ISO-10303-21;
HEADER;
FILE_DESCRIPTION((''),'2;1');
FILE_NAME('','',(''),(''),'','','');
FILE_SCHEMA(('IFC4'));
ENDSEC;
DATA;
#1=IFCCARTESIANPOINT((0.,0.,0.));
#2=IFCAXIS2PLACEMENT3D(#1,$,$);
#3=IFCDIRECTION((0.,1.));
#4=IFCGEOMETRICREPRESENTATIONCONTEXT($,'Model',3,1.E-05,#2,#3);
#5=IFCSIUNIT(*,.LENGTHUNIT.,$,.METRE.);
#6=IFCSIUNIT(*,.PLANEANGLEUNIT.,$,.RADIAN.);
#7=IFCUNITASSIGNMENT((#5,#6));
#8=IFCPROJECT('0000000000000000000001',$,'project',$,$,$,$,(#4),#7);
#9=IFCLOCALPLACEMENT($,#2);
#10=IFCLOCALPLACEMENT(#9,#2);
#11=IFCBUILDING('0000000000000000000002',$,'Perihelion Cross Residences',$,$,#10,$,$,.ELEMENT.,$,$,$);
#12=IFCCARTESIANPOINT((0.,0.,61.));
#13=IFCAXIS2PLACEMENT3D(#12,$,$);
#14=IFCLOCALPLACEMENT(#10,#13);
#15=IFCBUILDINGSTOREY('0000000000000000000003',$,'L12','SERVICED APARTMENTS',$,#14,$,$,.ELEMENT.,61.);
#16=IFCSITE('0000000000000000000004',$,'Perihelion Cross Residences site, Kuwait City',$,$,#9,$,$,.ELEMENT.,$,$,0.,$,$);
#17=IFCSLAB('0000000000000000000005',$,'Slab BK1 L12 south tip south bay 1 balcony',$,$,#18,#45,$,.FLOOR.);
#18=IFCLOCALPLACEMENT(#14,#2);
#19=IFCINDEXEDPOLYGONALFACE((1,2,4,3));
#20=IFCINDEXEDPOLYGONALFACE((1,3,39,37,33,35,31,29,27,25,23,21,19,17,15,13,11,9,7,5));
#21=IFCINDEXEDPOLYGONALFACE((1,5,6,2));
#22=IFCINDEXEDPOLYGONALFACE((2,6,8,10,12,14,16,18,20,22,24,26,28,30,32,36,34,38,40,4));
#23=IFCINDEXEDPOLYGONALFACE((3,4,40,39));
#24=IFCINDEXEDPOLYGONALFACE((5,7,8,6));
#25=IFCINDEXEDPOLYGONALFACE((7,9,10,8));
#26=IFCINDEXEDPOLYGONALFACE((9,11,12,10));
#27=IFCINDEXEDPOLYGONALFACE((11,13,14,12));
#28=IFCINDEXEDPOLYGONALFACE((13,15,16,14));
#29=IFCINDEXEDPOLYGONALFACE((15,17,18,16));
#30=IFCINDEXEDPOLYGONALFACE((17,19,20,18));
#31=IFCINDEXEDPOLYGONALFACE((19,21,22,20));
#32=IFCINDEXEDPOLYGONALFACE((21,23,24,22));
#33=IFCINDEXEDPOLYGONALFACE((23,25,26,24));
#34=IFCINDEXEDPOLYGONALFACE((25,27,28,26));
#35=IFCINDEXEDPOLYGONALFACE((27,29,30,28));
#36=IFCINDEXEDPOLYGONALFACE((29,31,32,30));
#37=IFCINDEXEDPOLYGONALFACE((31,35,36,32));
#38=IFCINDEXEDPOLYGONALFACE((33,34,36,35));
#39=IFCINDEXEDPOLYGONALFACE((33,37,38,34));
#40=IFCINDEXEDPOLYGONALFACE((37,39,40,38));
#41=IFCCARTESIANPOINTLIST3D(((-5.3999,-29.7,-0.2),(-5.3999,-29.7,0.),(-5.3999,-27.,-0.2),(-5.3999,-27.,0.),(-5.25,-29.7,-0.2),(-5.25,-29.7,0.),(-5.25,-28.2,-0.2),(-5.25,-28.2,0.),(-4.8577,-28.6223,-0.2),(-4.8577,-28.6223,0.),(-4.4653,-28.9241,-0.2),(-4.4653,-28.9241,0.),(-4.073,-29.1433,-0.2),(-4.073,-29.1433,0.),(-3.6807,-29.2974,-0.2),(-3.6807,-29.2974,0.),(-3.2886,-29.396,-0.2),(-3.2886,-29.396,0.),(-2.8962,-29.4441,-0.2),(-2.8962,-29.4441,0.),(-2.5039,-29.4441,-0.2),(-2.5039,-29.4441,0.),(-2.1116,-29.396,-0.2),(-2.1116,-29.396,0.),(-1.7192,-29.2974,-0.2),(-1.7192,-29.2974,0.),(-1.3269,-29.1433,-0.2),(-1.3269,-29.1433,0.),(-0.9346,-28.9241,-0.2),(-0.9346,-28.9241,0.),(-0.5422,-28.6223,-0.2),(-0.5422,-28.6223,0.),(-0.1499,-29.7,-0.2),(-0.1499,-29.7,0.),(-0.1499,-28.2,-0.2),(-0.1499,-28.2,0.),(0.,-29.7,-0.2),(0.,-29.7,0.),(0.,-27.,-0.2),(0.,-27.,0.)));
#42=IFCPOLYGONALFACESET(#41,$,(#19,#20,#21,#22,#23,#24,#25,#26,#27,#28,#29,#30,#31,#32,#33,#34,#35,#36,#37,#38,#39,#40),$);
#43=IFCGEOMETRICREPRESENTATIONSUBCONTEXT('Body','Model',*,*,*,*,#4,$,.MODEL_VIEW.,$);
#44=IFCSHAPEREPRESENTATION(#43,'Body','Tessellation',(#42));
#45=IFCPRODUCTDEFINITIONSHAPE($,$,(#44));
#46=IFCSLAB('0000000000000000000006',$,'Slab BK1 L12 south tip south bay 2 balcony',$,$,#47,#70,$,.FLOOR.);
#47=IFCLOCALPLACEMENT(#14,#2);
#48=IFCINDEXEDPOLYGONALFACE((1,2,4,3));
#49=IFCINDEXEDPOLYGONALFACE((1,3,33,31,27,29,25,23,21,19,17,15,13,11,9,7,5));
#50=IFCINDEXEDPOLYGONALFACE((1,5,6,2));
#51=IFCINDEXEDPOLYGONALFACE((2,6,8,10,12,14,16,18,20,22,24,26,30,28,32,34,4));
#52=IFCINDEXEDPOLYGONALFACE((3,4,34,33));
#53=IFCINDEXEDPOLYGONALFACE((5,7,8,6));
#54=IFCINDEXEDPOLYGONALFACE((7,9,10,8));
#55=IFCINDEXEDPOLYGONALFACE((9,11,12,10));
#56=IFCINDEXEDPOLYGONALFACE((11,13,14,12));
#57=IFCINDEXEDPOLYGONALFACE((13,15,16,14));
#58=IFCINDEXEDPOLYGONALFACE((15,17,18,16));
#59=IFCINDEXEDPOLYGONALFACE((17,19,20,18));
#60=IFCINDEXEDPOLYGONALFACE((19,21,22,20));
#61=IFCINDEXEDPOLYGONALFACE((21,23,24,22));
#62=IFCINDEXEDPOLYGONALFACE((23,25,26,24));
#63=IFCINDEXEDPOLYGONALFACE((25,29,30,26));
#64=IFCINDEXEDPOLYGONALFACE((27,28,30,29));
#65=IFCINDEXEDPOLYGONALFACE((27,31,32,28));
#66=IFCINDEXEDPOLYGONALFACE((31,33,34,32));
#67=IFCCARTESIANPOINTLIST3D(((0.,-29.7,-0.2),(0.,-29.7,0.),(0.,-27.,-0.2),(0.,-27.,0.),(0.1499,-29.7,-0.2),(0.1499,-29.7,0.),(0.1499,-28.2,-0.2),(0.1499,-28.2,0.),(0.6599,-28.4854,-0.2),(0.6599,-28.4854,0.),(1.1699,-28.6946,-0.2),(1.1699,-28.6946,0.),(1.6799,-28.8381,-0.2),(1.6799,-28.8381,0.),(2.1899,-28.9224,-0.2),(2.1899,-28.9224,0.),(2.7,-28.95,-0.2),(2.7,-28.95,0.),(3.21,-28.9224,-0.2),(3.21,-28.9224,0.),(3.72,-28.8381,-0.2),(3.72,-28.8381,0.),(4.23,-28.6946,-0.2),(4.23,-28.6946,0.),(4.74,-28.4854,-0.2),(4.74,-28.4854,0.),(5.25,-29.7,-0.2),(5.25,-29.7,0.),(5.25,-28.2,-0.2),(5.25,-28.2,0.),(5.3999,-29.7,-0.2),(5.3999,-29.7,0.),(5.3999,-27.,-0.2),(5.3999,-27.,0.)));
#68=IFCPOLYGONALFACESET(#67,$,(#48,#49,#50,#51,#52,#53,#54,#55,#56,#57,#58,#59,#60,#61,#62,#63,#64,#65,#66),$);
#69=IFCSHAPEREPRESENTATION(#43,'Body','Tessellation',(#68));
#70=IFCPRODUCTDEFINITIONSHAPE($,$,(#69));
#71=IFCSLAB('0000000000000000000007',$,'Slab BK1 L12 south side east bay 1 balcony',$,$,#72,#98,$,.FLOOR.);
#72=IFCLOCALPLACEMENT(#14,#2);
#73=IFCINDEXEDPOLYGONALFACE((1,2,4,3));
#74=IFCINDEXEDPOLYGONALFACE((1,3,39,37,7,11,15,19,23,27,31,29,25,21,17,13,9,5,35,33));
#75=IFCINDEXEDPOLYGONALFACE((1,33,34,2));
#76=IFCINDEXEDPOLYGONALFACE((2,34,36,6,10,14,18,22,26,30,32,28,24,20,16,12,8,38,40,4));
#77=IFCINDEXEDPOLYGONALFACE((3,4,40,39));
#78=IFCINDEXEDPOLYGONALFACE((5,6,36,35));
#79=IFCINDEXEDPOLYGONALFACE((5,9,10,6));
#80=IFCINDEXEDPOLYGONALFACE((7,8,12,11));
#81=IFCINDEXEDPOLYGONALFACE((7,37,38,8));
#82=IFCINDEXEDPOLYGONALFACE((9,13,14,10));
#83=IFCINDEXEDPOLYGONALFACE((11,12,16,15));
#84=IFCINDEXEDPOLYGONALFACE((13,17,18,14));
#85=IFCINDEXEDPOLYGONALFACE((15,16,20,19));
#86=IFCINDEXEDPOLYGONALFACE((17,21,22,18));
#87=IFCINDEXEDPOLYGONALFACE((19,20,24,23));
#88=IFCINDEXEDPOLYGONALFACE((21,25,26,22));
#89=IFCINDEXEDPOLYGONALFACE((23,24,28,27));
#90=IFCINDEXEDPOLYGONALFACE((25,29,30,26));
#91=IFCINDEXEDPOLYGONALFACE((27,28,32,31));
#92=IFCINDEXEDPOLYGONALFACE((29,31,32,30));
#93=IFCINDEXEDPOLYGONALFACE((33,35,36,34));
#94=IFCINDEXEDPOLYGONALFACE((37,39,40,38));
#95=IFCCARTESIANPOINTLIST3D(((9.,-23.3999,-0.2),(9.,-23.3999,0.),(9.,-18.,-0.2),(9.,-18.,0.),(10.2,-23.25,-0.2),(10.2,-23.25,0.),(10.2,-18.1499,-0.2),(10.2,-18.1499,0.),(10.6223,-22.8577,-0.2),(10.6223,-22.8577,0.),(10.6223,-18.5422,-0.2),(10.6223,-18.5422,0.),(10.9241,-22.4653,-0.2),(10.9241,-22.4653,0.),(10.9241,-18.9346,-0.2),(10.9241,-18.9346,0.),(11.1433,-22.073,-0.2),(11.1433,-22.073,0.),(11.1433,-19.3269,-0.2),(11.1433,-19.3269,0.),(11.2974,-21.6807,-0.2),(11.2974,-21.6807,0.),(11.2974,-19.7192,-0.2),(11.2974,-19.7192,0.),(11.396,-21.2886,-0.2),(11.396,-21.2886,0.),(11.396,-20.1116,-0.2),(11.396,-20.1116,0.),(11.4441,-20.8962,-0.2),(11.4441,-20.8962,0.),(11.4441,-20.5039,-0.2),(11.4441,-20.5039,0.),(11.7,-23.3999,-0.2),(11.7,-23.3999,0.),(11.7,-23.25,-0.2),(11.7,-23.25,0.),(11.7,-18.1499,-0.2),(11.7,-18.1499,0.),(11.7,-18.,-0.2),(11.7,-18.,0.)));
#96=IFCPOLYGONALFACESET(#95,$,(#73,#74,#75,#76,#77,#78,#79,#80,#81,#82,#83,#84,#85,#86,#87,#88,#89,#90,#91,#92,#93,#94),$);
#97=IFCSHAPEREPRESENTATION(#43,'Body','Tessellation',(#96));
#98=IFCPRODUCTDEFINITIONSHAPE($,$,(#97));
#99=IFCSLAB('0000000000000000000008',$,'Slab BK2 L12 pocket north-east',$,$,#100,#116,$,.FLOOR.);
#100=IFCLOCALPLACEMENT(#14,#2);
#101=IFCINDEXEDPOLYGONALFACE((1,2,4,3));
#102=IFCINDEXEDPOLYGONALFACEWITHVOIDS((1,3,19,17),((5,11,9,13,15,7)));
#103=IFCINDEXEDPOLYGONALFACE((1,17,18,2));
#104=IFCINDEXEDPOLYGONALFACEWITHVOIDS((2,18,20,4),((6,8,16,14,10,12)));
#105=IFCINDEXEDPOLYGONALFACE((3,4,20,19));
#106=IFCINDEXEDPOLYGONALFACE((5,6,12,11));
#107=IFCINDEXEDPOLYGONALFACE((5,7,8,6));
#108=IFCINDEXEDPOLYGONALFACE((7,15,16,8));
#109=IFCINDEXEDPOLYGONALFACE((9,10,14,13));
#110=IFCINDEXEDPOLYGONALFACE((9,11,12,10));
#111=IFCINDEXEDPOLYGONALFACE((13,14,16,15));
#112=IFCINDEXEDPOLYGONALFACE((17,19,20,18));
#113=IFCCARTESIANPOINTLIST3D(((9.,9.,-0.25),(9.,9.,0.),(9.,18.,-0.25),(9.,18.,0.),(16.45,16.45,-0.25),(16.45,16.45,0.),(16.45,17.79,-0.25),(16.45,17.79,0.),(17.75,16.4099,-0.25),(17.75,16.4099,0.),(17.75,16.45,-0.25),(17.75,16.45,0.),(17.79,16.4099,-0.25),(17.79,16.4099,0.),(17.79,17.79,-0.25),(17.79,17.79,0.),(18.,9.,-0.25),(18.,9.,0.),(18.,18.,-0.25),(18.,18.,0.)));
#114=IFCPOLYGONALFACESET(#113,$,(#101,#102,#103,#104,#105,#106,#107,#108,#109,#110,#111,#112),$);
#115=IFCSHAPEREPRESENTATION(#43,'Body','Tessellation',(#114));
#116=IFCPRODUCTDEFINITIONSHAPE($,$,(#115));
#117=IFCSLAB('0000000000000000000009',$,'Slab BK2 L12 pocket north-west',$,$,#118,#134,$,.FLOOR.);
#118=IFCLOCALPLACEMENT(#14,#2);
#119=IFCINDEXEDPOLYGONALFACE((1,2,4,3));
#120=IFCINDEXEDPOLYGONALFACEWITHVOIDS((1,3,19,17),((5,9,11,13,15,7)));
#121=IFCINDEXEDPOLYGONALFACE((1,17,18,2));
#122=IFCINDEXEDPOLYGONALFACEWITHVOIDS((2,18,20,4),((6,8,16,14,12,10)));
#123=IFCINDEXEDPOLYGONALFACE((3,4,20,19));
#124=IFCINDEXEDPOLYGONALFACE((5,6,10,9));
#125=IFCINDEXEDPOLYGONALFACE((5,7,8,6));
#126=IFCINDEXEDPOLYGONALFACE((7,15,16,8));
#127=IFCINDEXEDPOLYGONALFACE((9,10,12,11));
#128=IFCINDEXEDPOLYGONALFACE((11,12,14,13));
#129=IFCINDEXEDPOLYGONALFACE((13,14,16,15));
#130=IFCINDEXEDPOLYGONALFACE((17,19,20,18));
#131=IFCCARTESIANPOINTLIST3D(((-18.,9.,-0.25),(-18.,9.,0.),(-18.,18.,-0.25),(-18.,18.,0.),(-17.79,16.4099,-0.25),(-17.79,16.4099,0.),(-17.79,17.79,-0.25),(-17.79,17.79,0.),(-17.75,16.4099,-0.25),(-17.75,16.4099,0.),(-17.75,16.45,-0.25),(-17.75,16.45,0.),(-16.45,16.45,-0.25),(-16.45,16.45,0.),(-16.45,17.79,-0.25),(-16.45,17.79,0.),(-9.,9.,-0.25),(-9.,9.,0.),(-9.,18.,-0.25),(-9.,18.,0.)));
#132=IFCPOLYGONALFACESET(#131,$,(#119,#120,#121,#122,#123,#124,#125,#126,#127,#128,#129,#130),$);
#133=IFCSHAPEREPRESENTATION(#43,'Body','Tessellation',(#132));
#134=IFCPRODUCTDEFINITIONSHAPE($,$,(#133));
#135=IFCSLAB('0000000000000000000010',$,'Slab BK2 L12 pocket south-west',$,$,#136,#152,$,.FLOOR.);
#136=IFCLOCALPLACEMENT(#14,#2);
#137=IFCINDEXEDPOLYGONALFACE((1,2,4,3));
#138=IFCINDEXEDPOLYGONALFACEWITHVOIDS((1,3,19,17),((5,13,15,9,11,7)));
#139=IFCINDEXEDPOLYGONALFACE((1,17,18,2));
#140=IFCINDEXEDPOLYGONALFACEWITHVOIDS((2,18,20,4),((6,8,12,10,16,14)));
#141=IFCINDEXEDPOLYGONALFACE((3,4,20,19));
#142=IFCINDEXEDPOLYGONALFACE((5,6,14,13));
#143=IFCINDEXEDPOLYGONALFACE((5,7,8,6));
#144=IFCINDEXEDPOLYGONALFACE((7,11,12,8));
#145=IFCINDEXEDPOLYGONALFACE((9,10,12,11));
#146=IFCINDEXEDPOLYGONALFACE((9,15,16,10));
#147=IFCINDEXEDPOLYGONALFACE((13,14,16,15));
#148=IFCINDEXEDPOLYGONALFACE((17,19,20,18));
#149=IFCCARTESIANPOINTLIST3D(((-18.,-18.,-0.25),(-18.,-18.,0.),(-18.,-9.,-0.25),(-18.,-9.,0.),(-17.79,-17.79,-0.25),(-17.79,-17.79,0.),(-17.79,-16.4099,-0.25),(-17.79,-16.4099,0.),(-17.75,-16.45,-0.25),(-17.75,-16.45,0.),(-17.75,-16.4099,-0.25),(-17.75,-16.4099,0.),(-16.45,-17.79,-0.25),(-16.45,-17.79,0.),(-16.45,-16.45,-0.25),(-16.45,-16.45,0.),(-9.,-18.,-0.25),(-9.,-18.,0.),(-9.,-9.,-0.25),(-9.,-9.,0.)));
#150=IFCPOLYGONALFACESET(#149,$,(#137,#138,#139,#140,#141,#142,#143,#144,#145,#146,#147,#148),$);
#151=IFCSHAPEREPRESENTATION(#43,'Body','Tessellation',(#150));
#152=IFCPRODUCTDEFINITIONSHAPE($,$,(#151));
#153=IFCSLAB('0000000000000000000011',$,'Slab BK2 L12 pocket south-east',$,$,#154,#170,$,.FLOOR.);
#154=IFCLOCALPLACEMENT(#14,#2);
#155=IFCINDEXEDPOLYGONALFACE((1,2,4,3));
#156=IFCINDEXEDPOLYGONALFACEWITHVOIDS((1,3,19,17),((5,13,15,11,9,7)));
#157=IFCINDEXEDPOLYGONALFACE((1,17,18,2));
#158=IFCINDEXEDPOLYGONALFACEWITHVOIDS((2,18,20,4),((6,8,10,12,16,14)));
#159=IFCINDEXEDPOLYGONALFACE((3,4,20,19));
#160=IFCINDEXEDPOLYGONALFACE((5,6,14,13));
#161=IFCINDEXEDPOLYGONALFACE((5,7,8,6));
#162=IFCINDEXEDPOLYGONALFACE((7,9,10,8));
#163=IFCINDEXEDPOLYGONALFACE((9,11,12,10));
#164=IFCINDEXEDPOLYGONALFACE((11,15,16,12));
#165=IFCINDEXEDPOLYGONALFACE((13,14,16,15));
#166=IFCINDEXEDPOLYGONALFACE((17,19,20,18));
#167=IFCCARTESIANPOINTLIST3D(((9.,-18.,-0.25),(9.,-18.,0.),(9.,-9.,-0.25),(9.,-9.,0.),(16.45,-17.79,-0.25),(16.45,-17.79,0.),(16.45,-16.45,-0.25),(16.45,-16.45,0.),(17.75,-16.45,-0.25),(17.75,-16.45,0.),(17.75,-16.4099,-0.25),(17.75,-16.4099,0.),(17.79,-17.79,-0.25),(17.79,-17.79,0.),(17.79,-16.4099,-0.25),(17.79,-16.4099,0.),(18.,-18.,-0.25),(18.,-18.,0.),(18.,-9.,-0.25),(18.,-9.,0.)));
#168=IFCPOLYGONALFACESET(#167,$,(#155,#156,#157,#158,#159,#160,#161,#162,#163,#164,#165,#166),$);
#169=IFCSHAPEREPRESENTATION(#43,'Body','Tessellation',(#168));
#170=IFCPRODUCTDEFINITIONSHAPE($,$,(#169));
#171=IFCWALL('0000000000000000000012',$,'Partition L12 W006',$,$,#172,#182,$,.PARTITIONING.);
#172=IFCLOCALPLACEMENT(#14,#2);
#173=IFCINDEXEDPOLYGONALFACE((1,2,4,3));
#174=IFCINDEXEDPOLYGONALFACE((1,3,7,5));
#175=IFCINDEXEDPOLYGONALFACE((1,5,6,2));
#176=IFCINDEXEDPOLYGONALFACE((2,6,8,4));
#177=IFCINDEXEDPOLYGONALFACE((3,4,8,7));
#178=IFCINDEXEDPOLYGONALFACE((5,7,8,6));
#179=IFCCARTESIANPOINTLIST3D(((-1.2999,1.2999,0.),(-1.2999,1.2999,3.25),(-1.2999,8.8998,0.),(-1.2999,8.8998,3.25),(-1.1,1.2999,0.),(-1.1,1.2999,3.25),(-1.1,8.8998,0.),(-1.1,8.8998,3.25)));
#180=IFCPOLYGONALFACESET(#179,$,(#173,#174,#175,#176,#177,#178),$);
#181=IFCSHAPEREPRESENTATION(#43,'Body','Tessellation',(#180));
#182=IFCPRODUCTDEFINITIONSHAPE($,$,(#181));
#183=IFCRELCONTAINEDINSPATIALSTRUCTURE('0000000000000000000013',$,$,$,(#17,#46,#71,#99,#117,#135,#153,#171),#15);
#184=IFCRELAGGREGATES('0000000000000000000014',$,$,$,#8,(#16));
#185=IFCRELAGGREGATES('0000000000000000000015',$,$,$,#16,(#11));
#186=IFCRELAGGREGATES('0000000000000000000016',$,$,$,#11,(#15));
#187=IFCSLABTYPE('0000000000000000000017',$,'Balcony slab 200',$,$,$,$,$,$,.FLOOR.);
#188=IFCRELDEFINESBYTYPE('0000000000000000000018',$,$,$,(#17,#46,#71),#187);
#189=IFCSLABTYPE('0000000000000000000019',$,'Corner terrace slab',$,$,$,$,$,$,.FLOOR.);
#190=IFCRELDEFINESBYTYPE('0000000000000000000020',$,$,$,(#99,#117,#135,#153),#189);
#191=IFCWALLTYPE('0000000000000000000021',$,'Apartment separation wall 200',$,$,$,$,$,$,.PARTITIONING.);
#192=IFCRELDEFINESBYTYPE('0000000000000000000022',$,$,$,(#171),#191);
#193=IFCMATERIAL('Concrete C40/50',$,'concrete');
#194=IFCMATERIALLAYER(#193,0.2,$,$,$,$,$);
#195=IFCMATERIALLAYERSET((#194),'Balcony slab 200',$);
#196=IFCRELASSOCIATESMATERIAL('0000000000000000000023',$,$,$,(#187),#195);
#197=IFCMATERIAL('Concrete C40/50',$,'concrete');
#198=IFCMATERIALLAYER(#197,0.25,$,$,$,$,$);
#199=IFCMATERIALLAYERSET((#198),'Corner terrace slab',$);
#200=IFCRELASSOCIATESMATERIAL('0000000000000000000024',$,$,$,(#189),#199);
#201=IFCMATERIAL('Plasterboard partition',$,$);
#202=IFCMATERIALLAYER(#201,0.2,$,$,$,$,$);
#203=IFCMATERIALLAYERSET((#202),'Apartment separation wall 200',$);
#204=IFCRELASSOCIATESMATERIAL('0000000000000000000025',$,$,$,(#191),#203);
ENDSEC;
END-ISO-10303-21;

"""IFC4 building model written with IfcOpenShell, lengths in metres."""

from ifc_helpers import new_model, si_unit, direction, frame, frame_2d, origin, place, context, subcontext, project, spatial, polyline, rectangle, outline, extrude, material, layer, layer_set, type_object, element, save


model = new_model("IFC4")

# Units and contexts
model_context = context("Model", 3, precision=1e-05, world=origin(), true_north=direction((0.0, 1.0)))
body_context = subcontext(model_context, "Body", "Model", "MODEL_VIEW")
ifc_project = project(units=[si_unit("LENGTHUNIT", "METRE"), si_unit("PLANEANGLEUNIT", "RADIAN")], contexts=[model_context])

# Site, building, storey
site_placement = place(None, origin())
site = spatial("IfcSite", under=ifc_project, at=site_placement, Name="Perihelion Cross Residences site, Kuwait City", CompositionType="ELEMENT", RefElevation=0.0)
building_placement = place(site_placement, origin())
building = spatial("IfcBuilding", under=site, at=building_placement, Name="Perihelion Cross Residences", CompositionType="ELEMENT")
storey_placement = place(building_placement, frame((0.0, 0.0, 61.0)))
storey = spatial("IfcBuildingStorey", under=building, at=storey_placement, Name="L12", Description="SERVICED APARTMENTS", CompositionType="ELEMENT", Elevation=61.0)

# Slabs
ifc_material_1 = material(Name="Concrete C40/50", Category="concrete")
ifc_layer_1 = layer(ifc_material_1, 0.2)
ifc_layer_set_1 = layer_set([ifc_layer_1], Name="Balcony slab 200")
slab_type_1 = type_object("IfcSlabType", Name="Balcony slab 200", PredefinedType="FLOOR", material=ifc_layer_set_1)
slab_1_placement = place(storey_placement, frame((0.0, 0.0, -0.2)))
element("IfcSlab", 1, at=slab_1_placement, inside=storey, type_object=slab_type_1, Name="Slab BK1 L12 south tip south bay 1 balcony", PredefinedType="FLOOR", context=body_context, shape_type="SweptSolid", body=[
    extrude(outline(polyline([(-5.3999, -27.0), (0.0, -27.0), (0.0, -29.7), (-0.1499, -29.7), (-0.1499, -28.2), (-0.5422, -28.6223), (-0.9346, -28.9241), (-1.3269, -29.1433), (-1.7192, -29.2974), (-2.1116, -29.396), (-2.5039, -29.4441), (-2.8962, -29.4441), (-3.2886, -29.396), (-3.6807, -29.2974), (-4.073, -29.1433), (-4.4653, -28.9241), (-4.8577, -28.6223), (-5.25, -28.2), (-5.25, -29.7), (-5.3999, -29.7), (-5.3999, -27.0)])), origin(), (0.0, 0.0, 1.0), 0.2),
])
slab_2_placement = place(storey_placement, frame((0.0, 0.0, -0.2)))
element("IfcSlab", 2, at=slab_2_placement, inside=storey, type_object=slab_type_1, Name="Slab BK1 L12 south tip south bay 2 balcony", PredefinedType="FLOOR", context=body_context, shape_type="SweptSolid", body=[
    extrude(outline(polyline([(0.0, -27.0), (5.3999, -27.0), (5.3999, -29.7), (5.25, -29.7), (5.25, -28.2), (4.74, -28.4854), (4.23, -28.6946), (3.72, -28.8381), (3.21, -28.9224), (2.7, -28.95), (2.1899, -28.9224), (1.6799, -28.8381), (1.1699, -28.6946), (0.6599, -28.4854), (0.1499, -28.2), (0.1499, -29.7), (0.0, -29.7), (0.0, -27.0)])), origin(), (0.0, 0.0, 1.0), 0.2),
])
slab_3_placement = place(storey_placement, frame((0.0, 0.0, -0.2)))
element("IfcSlab", 3, at=slab_3_placement, inside=storey, type_object=slab_type_1, Name="Slab BK1 L12 south side east bay 1 balcony", PredefinedType="FLOOR", context=body_context, shape_type="SweptSolid", body=[
    extrude(outline(polyline([(9.0, -23.3999), (9.0, -18.0), (11.7, -18.0), (11.7, -18.1499), (10.2, -18.1499), (10.6223, -18.5422), (10.9241, -18.9346), (11.1433, -19.3269), (11.2974, -19.7192), (11.396, -20.1116), (11.4441, -20.5039), (11.4441, -20.8962), (11.396, -21.2886), (11.2974, -21.6807), (11.1433, -22.073), (10.9241, -22.4653), (10.6223, -22.8577), (10.2, -23.25), (11.7, -23.25), (11.7, -23.3999), (9.0, -23.3999)])), origin(), (0.0, 0.0, 1.0), 0.2),
])
ifc_material_2 = material(Name="Concrete C40/50", Category="concrete")
ifc_layer_2 = layer(ifc_material_2, 0.25)
ifc_layer_set_2 = layer_set([ifc_layer_2], Name="Corner terrace slab")
slab_type_2 = type_object("IfcSlabType", Name="Corner terrace slab", PredefinedType="FLOOR", material=ifc_layer_set_2)
slab_4_placement = place(storey_placement, frame((0.0, 0.0, -0.25)))
element("IfcSlab", 4, at=slab_4_placement, inside=storey, type_object=slab_type_2, Name="Slab BK2 L12 pocket north-east", PredefinedType="FLOOR", context=body_context, shape_type="SweptSolid", body=[
    extrude(outline(polyline([(18.0, 9.0), (18.0, 18.0), (9.0, 18.0), (9.0, 9.0), (18.0, 9.0)]), holes=[polyline([(16.45, 16.45), (16.45, 17.79), (17.79, 17.79), (17.79, 16.4099), (17.75, 16.4099), (17.75, 16.45), (16.45, 16.45)])]), origin(), (0.0, 0.0, 1.0), 0.25),
])
slab_5_placement = place(storey_placement, frame((0.0, 0.0, -0.25)))
element("IfcSlab", 5, at=slab_5_placement, inside=storey, type_object=slab_type_2, Name="Slab BK2 L12 pocket north-west", PredefinedType="FLOOR", context=body_context, shape_type="SweptSolid", body=[
    extrude(outline(polyline([(-9.0, 9.0), (-9.0, 18.0), (-18.0, 18.0), (-18.0, 9.0), (-9.0, 9.0)]), holes=[polyline([(-17.79, 16.4099), (-17.79, 17.79), (-16.45, 17.79), (-16.45, 16.45), (-17.75, 16.45), (-17.75, 16.4099), (-17.79, 16.4099)])]), origin(), (0.0, 0.0, 1.0), 0.25),
])
slab_6_placement = place(storey_placement, frame((0.0, 0.0, -0.25)))
element("IfcSlab", 6, at=slab_6_placement, inside=storey, type_object=slab_type_2, Name="Slab BK2 L12 pocket south-west", PredefinedType="FLOOR", context=body_context, shape_type="SweptSolid", body=[
    extrude(outline(polyline([(-9.0, -18.0), (-9.0, -9.0), (-18.0, -9.0), (-18.0, -18.0), (-9.0, -18.0)]), holes=[polyline([(-17.79, -16.4099), (-17.75, -16.4099), (-17.75, -16.45), (-16.45, -16.45), (-16.45, -17.79), (-17.79, -17.79), (-17.79, -16.4099)])]), origin(), (0.0, 0.0, 1.0), 0.25),
])
slab_7_placement = place(storey_placement, frame((0.0, 0.0, -0.25)))
element("IfcSlab", 7, at=slab_7_placement, inside=storey, type_object=slab_type_2, Name="Slab BK2 L12 pocket south-east", PredefinedType="FLOOR", context=body_context, shape_type="SweptSolid", body=[
    extrude(outline(polyline([(18.0, -18.0), (18.0, -9.0), (9.0, -9.0), (9.0, -18.0), (18.0, -18.0)]), holes=[polyline([(16.45, -17.79), (16.45, -16.45), (17.75, -16.45), (17.75, -16.4099), (17.79, -16.4099), (17.79, -17.79), (16.45, -17.79)])]), origin(), (0.0, 0.0, 1.0), 0.25),
])

# Wall
ifc_material_3 = material(Name="Plasterboard partition")
ifc_layer_3 = layer(ifc_material_3, 0.2)
ifc_layer_set_3 = layer_set([ifc_layer_3], Name="Apartment separation wall 200")
wall_type_1 = type_object("IfcWallType", Name="Apartment separation wall 200", PredefinedType="PARTITIONING", material=ifc_layer_set_3)
wall_1_placement = place(storey_placement, frame((-1.2, 1.3, 0.0), z_axis=(0.0, 0.0, 1.0), x_axis=(0.0, 1.0, 0.0)))
element("IfcWall", 8, at=wall_1_placement, inside=storey, type_object=wall_type_1, Name="Partition L12 W006", PredefinedType="PARTITIONING", context=body_context, shape_type="SweptSolid", body=[
    extrude(rectangle(XDim=7.5999, YDim=0.2, at=frame_2d((3.7998, 0.0))), origin(), (0.0, 0.0, 1.0), 3.25),
])

save(model, "model.ifc")
